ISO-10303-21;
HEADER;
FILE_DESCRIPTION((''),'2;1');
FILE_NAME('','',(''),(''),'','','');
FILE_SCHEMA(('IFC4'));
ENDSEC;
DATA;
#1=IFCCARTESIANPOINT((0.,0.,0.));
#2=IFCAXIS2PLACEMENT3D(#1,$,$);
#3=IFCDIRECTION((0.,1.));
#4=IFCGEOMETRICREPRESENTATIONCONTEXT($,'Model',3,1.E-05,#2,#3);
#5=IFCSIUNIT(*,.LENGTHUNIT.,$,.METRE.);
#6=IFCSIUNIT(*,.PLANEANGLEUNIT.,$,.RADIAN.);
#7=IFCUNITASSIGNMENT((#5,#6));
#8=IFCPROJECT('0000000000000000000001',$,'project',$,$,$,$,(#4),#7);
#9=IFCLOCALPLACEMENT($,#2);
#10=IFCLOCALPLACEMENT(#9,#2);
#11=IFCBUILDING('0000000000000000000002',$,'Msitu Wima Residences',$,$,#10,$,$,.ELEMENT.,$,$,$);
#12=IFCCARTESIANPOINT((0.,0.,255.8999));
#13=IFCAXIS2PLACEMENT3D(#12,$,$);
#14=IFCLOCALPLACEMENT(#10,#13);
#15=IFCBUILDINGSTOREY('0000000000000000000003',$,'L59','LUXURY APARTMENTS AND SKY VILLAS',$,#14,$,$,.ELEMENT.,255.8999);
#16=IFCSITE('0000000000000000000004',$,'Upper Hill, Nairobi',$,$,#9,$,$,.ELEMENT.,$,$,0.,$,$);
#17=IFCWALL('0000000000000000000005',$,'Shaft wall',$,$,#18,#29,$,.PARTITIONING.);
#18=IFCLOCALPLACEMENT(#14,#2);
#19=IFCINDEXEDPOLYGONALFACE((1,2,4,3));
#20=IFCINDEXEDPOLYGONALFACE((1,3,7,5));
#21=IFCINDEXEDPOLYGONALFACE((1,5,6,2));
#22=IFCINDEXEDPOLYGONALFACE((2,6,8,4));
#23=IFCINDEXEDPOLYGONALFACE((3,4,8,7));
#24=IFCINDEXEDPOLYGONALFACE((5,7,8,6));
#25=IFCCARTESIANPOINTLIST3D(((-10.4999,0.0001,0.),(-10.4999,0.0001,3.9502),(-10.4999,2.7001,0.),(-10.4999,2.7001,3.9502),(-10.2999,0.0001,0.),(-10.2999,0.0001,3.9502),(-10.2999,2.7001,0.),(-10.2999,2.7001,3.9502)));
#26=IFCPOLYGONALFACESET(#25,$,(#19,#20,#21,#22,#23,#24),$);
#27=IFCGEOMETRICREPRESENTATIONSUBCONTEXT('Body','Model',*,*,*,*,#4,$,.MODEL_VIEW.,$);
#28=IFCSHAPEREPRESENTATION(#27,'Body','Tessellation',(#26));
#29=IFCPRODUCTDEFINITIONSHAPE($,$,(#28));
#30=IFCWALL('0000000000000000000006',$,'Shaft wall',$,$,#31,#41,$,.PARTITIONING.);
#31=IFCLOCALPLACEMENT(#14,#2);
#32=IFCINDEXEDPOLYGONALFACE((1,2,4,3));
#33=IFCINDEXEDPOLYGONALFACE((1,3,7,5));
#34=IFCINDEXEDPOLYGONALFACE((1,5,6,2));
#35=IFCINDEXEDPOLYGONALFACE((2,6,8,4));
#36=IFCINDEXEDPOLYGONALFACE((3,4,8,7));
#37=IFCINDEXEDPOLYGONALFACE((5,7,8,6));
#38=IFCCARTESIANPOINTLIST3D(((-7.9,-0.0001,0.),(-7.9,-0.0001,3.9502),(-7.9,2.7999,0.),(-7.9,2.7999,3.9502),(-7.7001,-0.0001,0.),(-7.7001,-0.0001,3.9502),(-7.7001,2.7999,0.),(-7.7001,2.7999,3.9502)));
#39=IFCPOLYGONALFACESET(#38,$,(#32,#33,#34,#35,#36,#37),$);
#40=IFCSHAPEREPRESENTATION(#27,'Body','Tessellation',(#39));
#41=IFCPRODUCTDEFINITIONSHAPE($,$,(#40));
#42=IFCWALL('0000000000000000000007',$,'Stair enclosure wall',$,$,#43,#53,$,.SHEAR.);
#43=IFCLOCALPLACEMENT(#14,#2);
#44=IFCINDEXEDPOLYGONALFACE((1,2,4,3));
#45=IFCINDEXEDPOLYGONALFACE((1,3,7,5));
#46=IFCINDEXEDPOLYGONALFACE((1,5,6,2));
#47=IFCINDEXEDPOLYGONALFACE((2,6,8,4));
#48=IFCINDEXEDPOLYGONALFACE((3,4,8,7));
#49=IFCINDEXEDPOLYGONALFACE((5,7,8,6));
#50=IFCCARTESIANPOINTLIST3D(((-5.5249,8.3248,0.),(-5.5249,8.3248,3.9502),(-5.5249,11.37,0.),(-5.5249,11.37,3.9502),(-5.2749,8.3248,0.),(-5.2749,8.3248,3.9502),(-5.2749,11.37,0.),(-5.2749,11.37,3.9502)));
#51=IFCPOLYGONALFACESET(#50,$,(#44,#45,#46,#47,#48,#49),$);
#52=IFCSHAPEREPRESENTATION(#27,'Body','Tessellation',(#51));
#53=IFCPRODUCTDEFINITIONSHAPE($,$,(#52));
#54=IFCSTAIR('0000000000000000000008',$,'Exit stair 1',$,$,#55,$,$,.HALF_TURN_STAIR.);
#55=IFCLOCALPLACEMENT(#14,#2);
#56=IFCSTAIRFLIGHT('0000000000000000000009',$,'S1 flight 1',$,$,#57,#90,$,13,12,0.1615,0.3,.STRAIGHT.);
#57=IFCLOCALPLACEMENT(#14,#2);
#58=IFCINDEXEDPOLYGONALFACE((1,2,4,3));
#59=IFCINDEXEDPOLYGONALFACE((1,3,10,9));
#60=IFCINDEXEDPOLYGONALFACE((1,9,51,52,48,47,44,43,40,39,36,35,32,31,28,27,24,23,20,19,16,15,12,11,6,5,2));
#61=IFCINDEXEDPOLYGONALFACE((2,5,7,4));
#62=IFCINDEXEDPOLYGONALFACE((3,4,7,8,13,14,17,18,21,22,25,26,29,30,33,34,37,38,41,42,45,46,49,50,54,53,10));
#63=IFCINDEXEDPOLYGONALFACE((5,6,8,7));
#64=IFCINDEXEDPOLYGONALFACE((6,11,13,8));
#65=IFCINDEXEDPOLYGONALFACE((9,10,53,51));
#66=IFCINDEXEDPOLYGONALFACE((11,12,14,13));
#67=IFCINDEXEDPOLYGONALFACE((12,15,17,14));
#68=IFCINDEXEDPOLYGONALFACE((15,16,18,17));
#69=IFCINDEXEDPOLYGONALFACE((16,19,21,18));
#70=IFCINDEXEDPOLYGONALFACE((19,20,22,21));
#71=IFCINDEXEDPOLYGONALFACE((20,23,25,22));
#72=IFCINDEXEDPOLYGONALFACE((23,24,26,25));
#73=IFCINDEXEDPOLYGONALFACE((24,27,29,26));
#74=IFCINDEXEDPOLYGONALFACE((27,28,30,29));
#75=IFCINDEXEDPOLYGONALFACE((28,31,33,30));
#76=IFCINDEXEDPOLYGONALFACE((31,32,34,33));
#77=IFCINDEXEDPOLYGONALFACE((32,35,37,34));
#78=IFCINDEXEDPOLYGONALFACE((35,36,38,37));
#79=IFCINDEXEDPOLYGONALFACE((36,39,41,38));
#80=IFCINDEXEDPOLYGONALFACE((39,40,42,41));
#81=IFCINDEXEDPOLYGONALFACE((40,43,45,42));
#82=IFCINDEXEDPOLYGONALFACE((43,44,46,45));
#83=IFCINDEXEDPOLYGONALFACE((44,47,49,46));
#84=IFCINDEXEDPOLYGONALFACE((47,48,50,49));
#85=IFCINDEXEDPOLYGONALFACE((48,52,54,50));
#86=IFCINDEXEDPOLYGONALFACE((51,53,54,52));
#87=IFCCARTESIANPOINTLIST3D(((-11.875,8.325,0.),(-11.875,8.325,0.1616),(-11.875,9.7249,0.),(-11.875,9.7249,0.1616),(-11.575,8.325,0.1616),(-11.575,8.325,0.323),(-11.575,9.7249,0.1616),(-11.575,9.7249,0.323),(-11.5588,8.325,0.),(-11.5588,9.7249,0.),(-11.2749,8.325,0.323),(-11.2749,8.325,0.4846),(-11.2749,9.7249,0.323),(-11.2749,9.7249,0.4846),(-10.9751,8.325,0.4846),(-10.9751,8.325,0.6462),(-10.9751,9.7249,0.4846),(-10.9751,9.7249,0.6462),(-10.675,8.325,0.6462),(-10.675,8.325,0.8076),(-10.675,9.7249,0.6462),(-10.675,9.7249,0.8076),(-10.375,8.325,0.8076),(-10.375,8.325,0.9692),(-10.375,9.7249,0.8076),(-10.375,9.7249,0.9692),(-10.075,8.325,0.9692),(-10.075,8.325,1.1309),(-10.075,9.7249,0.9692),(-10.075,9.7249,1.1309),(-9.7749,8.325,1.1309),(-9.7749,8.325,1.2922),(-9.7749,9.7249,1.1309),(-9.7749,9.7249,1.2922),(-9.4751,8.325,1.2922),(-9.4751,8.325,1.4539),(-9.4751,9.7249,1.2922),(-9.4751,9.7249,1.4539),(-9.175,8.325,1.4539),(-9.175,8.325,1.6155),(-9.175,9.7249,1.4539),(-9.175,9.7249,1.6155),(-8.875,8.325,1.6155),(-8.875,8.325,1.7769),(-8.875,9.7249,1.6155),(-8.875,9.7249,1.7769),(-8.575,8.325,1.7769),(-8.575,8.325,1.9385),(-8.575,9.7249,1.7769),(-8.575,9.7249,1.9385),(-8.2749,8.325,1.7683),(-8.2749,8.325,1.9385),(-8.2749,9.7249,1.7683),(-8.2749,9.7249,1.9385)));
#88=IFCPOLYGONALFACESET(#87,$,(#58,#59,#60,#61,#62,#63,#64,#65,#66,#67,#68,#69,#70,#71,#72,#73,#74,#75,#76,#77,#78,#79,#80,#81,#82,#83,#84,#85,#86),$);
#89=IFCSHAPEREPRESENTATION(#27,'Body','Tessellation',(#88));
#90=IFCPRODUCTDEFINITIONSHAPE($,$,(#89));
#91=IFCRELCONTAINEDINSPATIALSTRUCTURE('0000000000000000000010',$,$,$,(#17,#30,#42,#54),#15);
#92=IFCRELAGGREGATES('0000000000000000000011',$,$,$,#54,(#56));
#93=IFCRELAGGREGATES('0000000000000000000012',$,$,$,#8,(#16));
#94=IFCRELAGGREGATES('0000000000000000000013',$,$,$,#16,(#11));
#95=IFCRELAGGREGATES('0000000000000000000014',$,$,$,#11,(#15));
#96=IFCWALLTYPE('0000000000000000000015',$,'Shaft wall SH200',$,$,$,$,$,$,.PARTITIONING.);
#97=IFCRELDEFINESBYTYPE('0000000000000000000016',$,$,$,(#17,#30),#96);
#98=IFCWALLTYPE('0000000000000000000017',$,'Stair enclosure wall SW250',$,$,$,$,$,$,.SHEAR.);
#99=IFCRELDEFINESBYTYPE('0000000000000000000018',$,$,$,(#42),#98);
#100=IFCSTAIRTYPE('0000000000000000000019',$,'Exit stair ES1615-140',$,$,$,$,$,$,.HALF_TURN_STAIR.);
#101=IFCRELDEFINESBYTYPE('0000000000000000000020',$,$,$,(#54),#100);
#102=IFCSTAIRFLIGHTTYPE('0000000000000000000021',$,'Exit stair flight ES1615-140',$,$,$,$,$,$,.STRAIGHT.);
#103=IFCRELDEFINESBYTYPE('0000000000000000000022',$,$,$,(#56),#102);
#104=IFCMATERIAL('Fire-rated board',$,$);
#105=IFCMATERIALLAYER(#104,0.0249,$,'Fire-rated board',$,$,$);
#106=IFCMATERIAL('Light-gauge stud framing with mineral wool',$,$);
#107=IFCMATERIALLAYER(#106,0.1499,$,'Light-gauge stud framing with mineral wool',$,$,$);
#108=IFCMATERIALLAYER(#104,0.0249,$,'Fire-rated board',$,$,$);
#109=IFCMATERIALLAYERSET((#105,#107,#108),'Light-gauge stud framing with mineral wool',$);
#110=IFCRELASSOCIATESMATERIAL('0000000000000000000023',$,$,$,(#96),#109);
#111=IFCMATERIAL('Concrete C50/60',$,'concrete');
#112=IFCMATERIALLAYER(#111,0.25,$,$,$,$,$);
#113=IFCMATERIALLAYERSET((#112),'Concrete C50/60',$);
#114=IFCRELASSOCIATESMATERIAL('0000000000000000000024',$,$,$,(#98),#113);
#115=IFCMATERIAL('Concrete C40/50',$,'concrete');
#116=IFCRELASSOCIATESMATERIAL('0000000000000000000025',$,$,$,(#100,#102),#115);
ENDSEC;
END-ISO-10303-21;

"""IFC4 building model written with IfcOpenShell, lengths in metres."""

from ifc_helpers import new_model, si_unit, direction, frame, frame_2d, origin, place, context, subcontext, project, spatial, polyline, rectangle, outline, extrude, material, layer, layer_set, type_object, element, aggregate, save


model = new_model("IFC4")

# Units and contexts
model_context = context("Model", 3, precision=1e-05, world=origin(), true_north=direction((0.0, 1.0)))
body_context = subcontext(model_context, "Body", "Model", "MODEL_VIEW")
ifc_project = project(units=[si_unit("LENGTHUNIT", "METRE"), si_unit("PLANEANGLEUNIT", "RADIAN")], contexts=[model_context])

# Site, building, storey
site_placement = place(None, origin())
site = spatial("IfcSite", under=ifc_project, at=site_placement, Name="Upper Hill, Nairobi", CompositionType="ELEMENT", RefElevation=0.0)
building_placement = place(site_placement, origin())
building = spatial("IfcBuilding", under=site, at=building_placement, Name="Msitu Wima Residences", CompositionType="ELEMENT")
storey_placement = place(building_placement, frame((0.0, 0.0, 255.8999)))
storey = spatial("IfcBuildingStorey", under=building, at=storey_placement, Name="L59", Description="LUXURY APARTMENTS AND SKY VILLAS", CompositionType="ELEMENT", Elevation=255.8999)

# Shared definitions
ifc_material_1 = material(Name="Concrete C40/50", Category="concrete")

# Walls
ifc_material_2 = material(Name="Fire-rated board")
ifc_layer_1 = layer(ifc_material_2, 0.0249, Name="Fire-rated board")
ifc_material_3 = material(Name="Light-gauge stud framing with mineral wool")
ifc_layer_2 = layer(ifc_material_3, 0.1499, Name="Light-gauge stud framing with mineral wool")
ifc_layer_3 = layer(ifc_material_2, 0.0249, Name="Fire-rated board")
ifc_layer_set_1 = layer_set([ifc_layer_1, ifc_layer_2, ifc_layer_3], Name="Light-gauge stud framing with mineral wool")
wall_type_1 = type_object("IfcWallType", Name="Shaft wall SH200", PredefinedType="PARTITIONING", material=ifc_layer_set_1)
wall_1_placement = place(storey_placement, frame((-10.3999, 0.0, 0.0), z_axis=(0.0, 0.0, 1.0), x_axis=(0.0, 1.0, 0.0)))
element("IfcWall", 1, at=wall_1_placement, inside=storey, type_object=wall_type_1, Name="Shaft wall", PredefinedType="PARTITIONING", context=body_context, shape_type="SweptSolid", body=[
    extrude(rectangle(XDim=2.7, YDim=0.2, at=frame_2d((1.3501, 0.0))), origin(), (0.0, 0.0, 1.0), 3.9502),
])
wall_2_placement = place(storey_placement, frame((-7.8, 0.0, 0.0), z_axis=(0.0, 0.0, 1.0), x_axis=(0.0, 1.0, 0.0)))
element("IfcWall", 2, at=wall_2_placement, inside=storey, type_object=wall_type_1, Name="Shaft wall", PredefinedType="PARTITIONING", context=body_context, shape_type="SweptSolid", body=[
    extrude(rectangle(XDim=2.8, YDim=0.2, at=frame_2d((1.3999, 0.0))), origin(), (0.0, 0.0, 1.0), 3.9502),
])
ifc_material_4 = material(Name="Concrete C50/60", Category="concrete")
ifc_layer_4 = layer(ifc_material_4, 0.25)
ifc_layer_set_2 = layer_set([ifc_layer_4], Name="Concrete C50/60")
wall_type_2 = type_object("IfcWallType", Name="Stair enclosure wall SW250", PredefinedType="SHEAR", material=ifc_layer_set_2)
wall_3_placement = place(storey_placement, frame((-5.3999, 8.325, 0.0), z_axis=(0.0, 0.0, 1.0), x_axis=(0.0, 1.0, 0.0)))
element("IfcWall", 3, at=wall_3_placement, inside=storey, type_object=wall_type_2, Name="Stair enclosure wall", PredefinedType="SHEAR", context=body_context, shape_type="SweptSolid", body=[
    extrude(rectangle(XDim=3.0452, YDim=0.25, at=frame_2d((1.5225, 0.0))), origin(), (0.0, 0.0, 1.0), 3.9502),
])

# Stair, stair flight
stair_type = type_object("IfcStairType", Name="Exit stair ES1615-140", PredefinedType="HALF_TURN_STAIR", material=ifc_material_1)
stair_placement = place(storey_placement, origin())
stair = element("IfcStair", 4, at=stair_placement, inside=storey, type_object=stair_type, Name="Exit stair 1", PredefinedType="HALF_TURN_STAIR")
stair_flight_type = type_object("IfcStairFlightType", Name="Exit stair flight ES1615-140", PredefinedType="STRAIGHT", material=ifc_material_1)
stair_flight_placement = place(storey_placement, frame((-11.875, 9.0249, 0.0), z_axis=(0.0, 0.0, 1.0), x_axis=(1.0, 0.0, 0.0)))
stair_flight = element("IfcStairFlight", 5, at=stair_flight_placement, type_object=stair_flight_type, Name="S1 flight 1", NumberOfRisers=13, NumberOfTreads=12, PredefinedType="STRAIGHT", RiserHeight=0.1615, TreadLength=0.3, context=body_context, shape_type="SweptSolid", body=[
    extrude(outline(polyline([(0.0, 0.0), (0.0, 0.1616), (0.3, 0.1616), (0.3, 0.323), (0.6001, 0.323), (0.6001, 0.4846), (0.8999, 0.4846), (0.8999, 0.6462), (1.2, 0.6462), (1.2, 0.8076), (1.5, 0.8076), (1.5, 0.9692), (1.8, 0.9692), (1.8, 1.1309), (2.1001, 1.1309), (2.1001, 1.2922), (2.3999, 1.2922), (2.3999, 1.4539), (2.7, 1.4539), (2.7, 1.6155), (3.0, 1.6155), (3.0, 1.7769), (3.3, 1.7769), (3.3, 1.9385), (3.6001, 1.9385), (3.6001, 2.1001), (3.6001, 1.7683), (0.3162, 0.0), (0.0, 0.0)])), frame((0.0, 0.7, 0.0), z_axis=(0.0, -1.0, 0.0), x_axis=(1.0, 0.0, 0.0)), (0.0, 0.0, 1.0), 1.3999),
])
aggregate(stair, [stair_flight])

save(model, "model.ifc")
